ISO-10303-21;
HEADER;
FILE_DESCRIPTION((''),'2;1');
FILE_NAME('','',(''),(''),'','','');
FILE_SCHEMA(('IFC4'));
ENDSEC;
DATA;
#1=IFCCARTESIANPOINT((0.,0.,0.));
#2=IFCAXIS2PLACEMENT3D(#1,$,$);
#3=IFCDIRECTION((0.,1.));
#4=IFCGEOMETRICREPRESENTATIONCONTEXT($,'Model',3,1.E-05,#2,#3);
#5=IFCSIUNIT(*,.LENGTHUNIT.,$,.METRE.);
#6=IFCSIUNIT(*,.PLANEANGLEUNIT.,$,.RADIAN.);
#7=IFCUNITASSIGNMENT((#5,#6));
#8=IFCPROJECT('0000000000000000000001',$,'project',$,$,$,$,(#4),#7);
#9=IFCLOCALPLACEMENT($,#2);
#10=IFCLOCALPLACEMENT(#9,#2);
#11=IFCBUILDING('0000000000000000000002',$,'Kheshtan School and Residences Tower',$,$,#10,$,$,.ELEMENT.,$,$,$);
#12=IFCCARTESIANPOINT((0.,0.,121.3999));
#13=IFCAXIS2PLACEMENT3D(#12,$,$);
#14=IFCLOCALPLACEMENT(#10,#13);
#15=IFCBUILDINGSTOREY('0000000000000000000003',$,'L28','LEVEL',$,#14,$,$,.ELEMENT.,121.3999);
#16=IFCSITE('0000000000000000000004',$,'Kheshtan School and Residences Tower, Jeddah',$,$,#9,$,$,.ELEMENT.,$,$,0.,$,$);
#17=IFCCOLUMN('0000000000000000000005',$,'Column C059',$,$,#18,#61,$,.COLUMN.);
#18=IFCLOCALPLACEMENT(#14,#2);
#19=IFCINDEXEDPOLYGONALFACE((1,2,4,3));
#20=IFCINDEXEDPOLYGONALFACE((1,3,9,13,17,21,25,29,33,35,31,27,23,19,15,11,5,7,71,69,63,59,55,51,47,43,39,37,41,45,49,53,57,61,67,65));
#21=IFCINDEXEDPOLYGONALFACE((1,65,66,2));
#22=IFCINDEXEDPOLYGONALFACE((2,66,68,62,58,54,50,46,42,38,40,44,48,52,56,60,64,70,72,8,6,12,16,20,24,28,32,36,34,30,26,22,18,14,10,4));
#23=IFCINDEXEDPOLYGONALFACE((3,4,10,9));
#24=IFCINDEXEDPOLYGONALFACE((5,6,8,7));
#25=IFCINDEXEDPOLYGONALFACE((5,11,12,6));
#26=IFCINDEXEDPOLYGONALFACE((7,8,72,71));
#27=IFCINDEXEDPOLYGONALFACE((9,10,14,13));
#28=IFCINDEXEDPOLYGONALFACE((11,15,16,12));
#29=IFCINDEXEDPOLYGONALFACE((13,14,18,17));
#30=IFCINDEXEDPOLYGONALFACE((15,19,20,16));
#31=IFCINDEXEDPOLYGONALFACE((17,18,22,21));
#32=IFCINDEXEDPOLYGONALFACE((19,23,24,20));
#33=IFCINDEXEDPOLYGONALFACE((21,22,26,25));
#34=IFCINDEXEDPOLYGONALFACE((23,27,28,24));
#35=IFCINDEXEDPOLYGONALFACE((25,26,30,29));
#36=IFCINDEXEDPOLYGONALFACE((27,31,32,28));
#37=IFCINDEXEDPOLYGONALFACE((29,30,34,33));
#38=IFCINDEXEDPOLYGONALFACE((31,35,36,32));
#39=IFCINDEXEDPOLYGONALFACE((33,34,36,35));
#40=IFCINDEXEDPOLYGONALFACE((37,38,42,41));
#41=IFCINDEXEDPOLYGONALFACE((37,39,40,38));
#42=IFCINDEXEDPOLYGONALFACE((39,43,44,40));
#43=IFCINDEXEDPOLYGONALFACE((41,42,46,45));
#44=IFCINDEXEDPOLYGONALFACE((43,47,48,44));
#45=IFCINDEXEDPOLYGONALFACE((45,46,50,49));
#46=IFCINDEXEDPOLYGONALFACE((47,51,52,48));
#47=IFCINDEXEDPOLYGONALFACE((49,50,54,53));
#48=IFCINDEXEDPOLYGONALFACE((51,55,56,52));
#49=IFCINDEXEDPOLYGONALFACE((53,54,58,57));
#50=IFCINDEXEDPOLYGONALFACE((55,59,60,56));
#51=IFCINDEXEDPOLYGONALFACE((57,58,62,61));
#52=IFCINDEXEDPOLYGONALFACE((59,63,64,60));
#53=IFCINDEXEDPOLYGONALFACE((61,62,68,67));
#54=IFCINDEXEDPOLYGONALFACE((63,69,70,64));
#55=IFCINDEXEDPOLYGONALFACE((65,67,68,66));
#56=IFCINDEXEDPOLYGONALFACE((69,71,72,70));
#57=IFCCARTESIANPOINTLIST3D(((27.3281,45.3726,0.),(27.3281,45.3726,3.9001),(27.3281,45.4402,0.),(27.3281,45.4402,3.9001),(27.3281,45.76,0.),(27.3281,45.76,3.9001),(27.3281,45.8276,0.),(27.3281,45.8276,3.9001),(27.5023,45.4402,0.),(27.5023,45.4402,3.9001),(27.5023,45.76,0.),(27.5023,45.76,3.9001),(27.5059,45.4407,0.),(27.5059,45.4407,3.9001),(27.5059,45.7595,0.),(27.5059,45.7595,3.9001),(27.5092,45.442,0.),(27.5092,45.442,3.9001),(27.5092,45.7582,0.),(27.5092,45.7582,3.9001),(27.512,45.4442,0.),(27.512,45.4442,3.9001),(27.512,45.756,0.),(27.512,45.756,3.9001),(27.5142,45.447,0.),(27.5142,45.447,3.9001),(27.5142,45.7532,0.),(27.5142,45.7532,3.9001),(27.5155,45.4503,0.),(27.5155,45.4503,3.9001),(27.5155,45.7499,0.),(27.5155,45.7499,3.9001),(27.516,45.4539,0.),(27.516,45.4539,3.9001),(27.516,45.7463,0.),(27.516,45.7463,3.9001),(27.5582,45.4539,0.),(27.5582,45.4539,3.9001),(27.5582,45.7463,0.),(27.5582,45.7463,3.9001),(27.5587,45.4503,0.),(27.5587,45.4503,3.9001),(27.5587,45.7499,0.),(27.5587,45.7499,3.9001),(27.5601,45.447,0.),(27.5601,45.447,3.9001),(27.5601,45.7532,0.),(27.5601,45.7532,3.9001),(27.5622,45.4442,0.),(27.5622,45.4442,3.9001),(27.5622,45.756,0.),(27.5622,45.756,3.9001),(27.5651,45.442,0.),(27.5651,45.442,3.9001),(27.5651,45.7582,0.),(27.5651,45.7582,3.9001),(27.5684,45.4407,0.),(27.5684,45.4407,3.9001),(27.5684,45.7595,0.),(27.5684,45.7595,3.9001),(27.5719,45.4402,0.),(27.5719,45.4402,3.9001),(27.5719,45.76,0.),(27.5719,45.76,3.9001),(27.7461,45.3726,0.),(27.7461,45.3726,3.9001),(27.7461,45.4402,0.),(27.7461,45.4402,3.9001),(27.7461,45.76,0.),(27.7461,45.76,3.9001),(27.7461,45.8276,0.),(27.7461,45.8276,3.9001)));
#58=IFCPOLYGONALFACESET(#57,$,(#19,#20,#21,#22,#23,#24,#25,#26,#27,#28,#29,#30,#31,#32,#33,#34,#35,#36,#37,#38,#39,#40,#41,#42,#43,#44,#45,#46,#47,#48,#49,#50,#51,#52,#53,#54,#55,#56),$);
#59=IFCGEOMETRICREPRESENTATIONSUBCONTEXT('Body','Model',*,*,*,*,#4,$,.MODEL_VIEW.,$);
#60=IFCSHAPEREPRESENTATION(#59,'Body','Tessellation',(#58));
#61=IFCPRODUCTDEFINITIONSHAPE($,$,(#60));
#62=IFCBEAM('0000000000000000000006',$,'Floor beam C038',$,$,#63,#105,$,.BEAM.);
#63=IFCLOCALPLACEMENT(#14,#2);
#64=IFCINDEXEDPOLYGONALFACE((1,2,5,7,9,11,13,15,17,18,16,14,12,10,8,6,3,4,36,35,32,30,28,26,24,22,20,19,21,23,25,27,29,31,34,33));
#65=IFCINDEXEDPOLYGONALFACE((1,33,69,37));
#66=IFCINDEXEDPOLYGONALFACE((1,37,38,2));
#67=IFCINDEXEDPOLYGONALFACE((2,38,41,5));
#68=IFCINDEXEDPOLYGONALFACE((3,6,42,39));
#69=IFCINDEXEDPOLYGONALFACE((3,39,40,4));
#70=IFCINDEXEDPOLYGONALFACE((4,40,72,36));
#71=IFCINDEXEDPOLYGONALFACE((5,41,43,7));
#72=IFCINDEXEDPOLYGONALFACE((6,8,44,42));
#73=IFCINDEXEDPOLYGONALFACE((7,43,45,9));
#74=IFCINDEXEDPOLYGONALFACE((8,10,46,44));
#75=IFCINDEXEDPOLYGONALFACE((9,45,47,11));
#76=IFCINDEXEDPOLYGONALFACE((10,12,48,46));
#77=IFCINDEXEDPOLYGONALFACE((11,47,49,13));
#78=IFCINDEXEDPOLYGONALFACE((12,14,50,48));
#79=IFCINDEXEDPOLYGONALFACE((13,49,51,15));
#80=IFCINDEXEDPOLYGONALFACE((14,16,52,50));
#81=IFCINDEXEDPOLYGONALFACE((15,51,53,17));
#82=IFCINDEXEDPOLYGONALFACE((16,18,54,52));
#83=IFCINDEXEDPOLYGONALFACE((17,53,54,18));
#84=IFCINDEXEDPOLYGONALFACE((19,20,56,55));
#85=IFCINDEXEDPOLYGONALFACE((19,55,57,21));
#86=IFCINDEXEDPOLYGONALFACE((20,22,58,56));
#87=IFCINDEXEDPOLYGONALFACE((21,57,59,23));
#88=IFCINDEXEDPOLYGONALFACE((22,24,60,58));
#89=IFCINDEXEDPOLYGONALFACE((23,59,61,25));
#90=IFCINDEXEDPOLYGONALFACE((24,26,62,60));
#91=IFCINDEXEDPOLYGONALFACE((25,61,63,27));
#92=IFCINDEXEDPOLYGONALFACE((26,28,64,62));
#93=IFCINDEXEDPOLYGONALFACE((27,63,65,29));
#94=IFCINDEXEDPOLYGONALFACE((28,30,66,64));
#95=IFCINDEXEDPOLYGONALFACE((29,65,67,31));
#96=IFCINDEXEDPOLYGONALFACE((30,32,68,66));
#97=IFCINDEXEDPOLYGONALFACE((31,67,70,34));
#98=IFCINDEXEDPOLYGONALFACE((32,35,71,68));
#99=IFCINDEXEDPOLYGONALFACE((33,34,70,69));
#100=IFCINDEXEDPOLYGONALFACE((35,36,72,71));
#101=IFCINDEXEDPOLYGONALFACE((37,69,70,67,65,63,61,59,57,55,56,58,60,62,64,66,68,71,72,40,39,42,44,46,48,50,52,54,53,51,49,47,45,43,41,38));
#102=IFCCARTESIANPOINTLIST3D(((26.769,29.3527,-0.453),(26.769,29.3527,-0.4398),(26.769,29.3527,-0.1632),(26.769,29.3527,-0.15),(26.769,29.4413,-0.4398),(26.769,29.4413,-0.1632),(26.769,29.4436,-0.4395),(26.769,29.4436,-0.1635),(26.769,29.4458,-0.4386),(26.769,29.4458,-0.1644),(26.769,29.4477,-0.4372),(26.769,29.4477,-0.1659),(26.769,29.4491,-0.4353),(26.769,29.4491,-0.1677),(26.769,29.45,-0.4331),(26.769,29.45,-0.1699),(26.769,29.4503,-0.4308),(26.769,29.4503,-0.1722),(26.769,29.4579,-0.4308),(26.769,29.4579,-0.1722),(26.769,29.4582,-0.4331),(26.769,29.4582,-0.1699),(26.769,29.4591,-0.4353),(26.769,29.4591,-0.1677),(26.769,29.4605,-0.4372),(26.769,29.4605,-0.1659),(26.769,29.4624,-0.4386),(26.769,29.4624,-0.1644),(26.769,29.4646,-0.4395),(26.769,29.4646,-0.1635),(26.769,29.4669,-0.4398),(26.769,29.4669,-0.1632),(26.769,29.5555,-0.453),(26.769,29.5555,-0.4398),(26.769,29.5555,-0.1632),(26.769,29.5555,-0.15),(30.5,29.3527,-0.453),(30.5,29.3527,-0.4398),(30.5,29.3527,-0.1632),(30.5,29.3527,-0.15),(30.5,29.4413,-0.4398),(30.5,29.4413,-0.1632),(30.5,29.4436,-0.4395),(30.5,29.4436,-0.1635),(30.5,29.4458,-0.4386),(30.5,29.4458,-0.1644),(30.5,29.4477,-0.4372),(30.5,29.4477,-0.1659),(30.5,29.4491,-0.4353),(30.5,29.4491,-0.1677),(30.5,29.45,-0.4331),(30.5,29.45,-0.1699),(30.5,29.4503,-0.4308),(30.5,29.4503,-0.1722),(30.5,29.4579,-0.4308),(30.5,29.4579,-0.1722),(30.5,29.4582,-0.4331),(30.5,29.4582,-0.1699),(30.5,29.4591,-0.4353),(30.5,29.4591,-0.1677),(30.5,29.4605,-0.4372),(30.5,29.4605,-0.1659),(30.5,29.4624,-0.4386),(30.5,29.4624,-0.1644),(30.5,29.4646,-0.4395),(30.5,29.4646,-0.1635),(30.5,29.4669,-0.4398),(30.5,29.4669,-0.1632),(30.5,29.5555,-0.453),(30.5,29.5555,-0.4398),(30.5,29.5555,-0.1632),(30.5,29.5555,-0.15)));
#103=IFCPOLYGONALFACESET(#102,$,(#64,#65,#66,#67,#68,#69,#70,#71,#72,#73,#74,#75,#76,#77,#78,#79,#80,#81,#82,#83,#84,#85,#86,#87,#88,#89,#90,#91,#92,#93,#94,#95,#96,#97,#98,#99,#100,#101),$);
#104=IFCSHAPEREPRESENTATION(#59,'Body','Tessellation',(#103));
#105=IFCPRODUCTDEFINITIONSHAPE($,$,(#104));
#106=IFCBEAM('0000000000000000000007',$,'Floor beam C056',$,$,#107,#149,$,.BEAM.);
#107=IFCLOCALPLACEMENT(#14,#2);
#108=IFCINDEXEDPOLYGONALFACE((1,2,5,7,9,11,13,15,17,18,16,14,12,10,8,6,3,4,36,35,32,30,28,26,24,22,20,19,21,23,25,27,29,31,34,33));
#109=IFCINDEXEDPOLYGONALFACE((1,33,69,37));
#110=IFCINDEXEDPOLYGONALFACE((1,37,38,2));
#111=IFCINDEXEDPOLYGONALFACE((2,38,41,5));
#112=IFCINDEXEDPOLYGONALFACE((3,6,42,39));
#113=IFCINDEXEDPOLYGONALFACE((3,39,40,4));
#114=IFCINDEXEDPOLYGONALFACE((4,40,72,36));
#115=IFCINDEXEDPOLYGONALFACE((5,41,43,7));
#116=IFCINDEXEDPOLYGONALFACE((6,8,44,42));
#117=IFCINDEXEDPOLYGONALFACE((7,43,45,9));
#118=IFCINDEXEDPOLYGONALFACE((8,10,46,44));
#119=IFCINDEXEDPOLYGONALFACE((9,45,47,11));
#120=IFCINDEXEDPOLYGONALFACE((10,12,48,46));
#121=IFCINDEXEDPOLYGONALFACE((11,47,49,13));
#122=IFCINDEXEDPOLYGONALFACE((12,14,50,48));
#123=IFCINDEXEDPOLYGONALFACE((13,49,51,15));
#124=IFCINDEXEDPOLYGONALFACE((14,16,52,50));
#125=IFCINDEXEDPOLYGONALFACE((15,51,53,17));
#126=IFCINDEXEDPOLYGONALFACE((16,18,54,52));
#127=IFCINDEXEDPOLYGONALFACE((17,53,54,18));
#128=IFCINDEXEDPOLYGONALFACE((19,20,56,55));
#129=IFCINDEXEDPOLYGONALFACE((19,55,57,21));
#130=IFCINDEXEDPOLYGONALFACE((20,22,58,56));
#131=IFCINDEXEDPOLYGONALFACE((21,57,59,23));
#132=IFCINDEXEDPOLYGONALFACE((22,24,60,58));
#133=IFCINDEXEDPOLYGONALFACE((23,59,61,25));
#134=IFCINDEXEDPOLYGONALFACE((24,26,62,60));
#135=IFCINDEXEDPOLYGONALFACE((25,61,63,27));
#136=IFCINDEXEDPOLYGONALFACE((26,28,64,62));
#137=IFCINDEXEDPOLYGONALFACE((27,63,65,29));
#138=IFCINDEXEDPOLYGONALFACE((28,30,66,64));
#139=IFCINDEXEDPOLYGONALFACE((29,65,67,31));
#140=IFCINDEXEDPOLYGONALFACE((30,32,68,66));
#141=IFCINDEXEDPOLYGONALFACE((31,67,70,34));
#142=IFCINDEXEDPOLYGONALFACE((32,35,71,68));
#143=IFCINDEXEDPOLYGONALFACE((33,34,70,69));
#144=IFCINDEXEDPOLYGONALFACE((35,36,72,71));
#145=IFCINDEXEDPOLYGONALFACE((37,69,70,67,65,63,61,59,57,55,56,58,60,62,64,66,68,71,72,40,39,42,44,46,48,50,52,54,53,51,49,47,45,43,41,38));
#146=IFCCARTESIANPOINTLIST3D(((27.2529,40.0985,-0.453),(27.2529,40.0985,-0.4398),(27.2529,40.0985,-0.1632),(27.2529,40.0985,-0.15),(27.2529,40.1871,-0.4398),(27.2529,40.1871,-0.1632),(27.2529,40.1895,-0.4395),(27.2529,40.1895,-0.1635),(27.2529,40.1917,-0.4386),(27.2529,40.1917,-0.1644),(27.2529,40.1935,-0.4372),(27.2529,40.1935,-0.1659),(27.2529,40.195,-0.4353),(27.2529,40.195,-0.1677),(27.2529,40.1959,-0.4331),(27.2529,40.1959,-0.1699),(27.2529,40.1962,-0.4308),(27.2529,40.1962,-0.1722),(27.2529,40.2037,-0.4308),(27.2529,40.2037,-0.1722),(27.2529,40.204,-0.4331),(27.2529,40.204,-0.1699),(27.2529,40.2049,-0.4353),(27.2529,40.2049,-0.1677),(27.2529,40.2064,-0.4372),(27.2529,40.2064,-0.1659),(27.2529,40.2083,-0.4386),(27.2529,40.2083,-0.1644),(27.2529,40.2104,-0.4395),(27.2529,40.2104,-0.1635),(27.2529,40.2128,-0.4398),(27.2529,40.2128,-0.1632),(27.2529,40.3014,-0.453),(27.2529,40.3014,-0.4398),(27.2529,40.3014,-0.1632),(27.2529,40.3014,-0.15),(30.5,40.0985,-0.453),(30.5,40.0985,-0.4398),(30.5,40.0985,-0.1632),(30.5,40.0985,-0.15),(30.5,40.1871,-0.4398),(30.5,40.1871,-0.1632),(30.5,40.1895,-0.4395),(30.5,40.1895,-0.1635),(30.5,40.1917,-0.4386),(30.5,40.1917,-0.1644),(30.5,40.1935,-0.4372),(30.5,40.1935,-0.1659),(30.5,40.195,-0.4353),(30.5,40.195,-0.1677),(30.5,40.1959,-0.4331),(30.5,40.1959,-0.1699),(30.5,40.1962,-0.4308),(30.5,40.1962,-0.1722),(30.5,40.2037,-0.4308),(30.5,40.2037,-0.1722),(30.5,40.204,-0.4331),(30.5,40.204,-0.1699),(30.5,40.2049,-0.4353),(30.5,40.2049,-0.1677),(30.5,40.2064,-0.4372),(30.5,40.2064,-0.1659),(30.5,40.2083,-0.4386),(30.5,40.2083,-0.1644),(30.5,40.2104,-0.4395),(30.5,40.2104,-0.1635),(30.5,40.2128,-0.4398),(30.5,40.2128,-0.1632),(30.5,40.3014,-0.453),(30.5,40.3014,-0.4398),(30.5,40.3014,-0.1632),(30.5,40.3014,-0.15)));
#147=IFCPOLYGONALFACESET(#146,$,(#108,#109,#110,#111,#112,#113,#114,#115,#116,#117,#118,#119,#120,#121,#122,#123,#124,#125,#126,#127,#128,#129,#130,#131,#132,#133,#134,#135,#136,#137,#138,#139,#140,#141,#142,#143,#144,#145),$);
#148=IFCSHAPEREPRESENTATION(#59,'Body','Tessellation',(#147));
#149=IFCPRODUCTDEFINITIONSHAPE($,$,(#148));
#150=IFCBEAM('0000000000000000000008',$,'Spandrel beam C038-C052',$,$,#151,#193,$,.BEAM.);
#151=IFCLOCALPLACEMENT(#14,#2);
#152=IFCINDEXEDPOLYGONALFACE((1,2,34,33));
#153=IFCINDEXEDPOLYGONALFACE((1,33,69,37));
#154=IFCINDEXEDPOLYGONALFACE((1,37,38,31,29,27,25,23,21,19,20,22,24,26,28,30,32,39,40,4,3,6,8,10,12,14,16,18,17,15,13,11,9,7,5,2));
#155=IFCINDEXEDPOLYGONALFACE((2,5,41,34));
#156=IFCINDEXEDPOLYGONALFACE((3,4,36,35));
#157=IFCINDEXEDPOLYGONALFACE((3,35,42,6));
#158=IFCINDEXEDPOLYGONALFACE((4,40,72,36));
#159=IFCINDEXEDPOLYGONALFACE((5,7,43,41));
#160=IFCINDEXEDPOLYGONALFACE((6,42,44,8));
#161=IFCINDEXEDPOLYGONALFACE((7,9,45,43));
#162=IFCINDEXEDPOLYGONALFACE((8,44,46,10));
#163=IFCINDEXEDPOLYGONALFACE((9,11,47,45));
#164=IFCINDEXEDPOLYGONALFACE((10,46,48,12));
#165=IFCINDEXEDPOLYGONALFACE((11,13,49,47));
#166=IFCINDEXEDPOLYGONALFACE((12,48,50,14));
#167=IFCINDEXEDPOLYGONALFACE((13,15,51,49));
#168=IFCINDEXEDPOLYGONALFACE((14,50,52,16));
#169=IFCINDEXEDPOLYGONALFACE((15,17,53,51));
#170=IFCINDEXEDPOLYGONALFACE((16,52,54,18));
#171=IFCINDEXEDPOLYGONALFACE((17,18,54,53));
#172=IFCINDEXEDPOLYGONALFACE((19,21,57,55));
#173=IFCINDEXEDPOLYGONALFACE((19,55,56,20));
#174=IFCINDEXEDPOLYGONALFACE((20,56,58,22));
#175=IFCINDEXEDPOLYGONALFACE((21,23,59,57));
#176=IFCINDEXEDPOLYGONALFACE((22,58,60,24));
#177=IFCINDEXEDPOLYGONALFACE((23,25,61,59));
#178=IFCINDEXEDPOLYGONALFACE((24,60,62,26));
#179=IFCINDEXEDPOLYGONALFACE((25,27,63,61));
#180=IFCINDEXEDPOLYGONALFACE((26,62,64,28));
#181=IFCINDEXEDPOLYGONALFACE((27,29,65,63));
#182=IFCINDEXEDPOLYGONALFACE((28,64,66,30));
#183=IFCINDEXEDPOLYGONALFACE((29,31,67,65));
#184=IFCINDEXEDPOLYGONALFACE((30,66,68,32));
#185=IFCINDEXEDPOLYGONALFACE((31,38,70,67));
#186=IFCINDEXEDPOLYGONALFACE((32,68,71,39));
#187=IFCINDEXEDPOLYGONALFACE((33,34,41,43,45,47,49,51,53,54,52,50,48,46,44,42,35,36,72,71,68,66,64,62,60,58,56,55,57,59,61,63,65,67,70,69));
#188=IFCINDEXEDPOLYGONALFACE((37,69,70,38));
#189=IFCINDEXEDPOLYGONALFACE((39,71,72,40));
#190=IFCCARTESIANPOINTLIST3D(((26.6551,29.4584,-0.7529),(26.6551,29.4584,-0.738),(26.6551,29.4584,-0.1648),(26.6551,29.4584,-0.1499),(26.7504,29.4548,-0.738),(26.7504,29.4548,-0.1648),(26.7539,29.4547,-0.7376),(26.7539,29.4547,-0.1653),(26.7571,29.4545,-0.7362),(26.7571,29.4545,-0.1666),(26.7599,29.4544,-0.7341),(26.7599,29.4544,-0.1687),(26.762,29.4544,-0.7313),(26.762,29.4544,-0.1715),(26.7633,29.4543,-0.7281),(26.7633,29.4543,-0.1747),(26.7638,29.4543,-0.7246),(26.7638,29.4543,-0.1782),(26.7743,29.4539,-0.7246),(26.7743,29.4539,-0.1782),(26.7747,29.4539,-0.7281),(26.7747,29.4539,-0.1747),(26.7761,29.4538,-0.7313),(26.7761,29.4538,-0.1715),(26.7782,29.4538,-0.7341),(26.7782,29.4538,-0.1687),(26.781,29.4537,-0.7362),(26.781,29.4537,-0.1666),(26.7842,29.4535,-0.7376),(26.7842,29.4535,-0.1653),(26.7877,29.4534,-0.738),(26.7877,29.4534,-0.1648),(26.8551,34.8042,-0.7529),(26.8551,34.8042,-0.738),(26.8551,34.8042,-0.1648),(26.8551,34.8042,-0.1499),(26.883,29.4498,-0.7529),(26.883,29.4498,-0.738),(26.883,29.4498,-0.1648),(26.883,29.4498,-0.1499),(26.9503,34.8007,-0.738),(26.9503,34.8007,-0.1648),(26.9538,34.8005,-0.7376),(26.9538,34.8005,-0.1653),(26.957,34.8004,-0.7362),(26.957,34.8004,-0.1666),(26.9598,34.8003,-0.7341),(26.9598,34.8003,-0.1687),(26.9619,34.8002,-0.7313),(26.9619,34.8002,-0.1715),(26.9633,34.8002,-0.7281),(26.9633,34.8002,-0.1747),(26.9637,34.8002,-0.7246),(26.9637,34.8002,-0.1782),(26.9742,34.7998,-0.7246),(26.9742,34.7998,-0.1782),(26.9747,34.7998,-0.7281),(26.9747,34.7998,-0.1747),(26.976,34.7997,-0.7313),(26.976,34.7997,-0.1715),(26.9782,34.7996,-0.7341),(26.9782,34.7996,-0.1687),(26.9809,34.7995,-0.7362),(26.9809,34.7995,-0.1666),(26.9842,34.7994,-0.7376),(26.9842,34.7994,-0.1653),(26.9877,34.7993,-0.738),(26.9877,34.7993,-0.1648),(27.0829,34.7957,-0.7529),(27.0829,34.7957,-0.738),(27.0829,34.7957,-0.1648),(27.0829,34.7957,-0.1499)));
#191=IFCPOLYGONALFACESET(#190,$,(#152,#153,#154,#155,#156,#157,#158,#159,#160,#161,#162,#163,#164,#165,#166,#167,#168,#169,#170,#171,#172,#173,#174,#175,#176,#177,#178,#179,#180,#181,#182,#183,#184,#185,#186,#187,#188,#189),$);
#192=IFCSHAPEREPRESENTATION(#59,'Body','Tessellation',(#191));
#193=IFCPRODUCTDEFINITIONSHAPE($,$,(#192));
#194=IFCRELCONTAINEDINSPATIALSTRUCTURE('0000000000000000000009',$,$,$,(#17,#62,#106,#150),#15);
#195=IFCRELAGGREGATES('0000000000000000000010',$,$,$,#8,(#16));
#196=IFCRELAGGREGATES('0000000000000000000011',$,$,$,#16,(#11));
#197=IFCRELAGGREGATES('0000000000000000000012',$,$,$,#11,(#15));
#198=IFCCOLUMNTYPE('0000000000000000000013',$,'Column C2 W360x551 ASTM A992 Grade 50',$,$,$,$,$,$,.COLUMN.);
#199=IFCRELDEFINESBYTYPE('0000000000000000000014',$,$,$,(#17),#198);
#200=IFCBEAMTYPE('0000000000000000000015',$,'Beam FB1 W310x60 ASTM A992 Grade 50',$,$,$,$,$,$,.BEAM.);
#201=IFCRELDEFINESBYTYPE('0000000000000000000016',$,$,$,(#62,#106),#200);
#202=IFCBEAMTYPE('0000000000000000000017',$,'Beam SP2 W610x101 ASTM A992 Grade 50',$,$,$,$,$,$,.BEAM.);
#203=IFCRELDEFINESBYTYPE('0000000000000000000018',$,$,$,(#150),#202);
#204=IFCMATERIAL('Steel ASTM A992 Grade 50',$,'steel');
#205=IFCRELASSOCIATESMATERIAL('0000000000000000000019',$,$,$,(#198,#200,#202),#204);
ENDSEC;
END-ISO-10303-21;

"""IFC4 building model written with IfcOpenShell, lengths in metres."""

from ifc_helpers import new_model, si_unit, direction, frame, origin, origin_2d, place, context, subcontext, project, spatial, i_section, extrude, material, material_profile, profile_set, type_object, element, save


model = new_model("IFC4")

# Units and contexts
model_context = context("Model", 3, precision=1e-05, world=origin(), true_north=direction((0.0, 1.0)))
body_context = subcontext(model_context, "Body", "Model", "MODEL_VIEW")
ifc_project = project(units=[si_unit("LENGTHUNIT", "METRE"), si_unit("PLANEANGLEUNIT", "RADIAN")], contexts=[model_context])

# Site, building, storey
site_placement = place(None, origin())
site = spatial("IfcSite", under=ifc_project, at=site_placement, Name="Kheshtan School and Residences Tower, Jeddah", CompositionType="ELEMENT", RefElevation=0.0)
building_placement = place(site_placement, origin())
building = spatial("IfcBuilding", under=site, at=building_placement, Name="Kheshtan School and Residences Tower", CompositionType="ELEMENT")
storey_placement = place(building_placement, frame((0.0, 0.0, 121.3999)))
storey = spatial("IfcBuildingStorey", under=building, at=storey_placement, Name="L28", Description="LEVEL", CompositionType="ELEMENT", Elevation=121.3999)

# Column
ifc_material_1 = material(Name="Steel ASTM A992 Grade 50", Category="steel")
ifc_material_profile_1 = material_profile(ifc_material_1, i_section(OverallWidth=0.418, OverallDepth=0.4551, WebThickness=0.0422, FlangeThickness=0.0676, FilletRadius=0.0137, at=origin_2d()), Name="W360x551")
ifc_profile_set_1 = profile_set([ifc_material_profile_1], Name="Steel ASTM A992 Grade 50")
column_type = type_object("IfcColumnType", Name="Column C2 W360x551 ASTM A992 Grade 50", PredefinedType="COLUMN", material=ifc_profile_set_1)
for number, where, z_axis, x_axis, name in (
    (1, (27.5371, 45.6001, 0.0), (0.0, 0.0, 1.0), (1.0, 0.0, 0.0), "Column C059"),
):
    element("IfcColumn", number, at=place(storey_placement, frame(where, z_axis=z_axis, x_axis=x_axis)), inside=storey, type_object=column_type, Name=name, PredefinedType="COLUMN", context=body_context, shape_type="SweptSolid", body=[
        extrude(i_section(OverallWidth=0.418, OverallDepth=0.4551, WebThickness=0.0422, FlangeThickness=0.0676, FilletRadius=0.0137, at=origin_2d()), origin(), (0.0, 0.0, 1.0), 3.9001),
    ])

# Beams
ifc_material_profile_2 = material_profile(ifc_material_1, i_section(OverallWidth=0.2029, OverallDepth=0.303, WebThickness=0.0076, FlangeThickness=0.0132, FilletRadius=0.009, at=origin_2d()), Name="W310x60")
ifc_profile_set_2 = profile_set([ifc_material_profile_2], Name="Steel ASTM A992 Grade 50")
beam_type_1 = type_object("IfcBeamType", Name="Beam FB1 W310x60 ASTM A992 Grade 50", PredefinedType="BEAM", material=ifc_profile_set_2)
beam_1_placement = place(storey_placement, frame((26.769, 29.4541, -0.3015), z_axis=(1.0, 0.0, 0.0), x_axis=(0.0, 1.0, 0.0)))
element("IfcBeam", 2, at=beam_1_placement, inside=storey, type_object=beam_type_1, Name="Floor beam C038", PredefinedType="BEAM", context=body_context, shape_type="SweptSolid", body=[
    extrude(i_section(OverallWidth=0.2029, OverallDepth=0.303, WebThickness=0.0076, FlangeThickness=0.0132, FilletRadius=0.009, at=origin_2d()), origin(), (0.0, 0.0, 1.0), 3.731),
])
beam_2_placement = place(storey_placement, frame((27.2529, 40.2, -0.3015), z_axis=(1.0, 0.0, 0.0), x_axis=(0.0, 1.0, 0.0)))
element("IfcBeam", 3, at=beam_2_placement, inside=storey, type_object=beam_type_1, Name="Floor beam C056", PredefinedType="BEAM", context=body_context, shape_type="SweptSolid", body=[
    extrude(i_section(OverallWidth=0.2029, OverallDepth=0.303, WebThickness=0.0076, FlangeThickness=0.0132, FilletRadius=0.009, at=origin_2d()), origin(), (0.0, 0.0, 1.0), 3.2471),
])
ifc_material_profile_3 = material_profile(ifc_material_1, i_section(OverallWidth=0.228, OverallDepth=0.603, WebThickness=0.0105, FlangeThickness=0.0149, FilletRadius=0.0134, at=origin_2d()), Name="W610x101")
ifc_profile_set_3 = profile_set([ifc_material_profile_3], Name="Steel ASTM A992 Grade 50")
beam_type_2 = type_object("IfcBeamType", Name="Beam SP2 W610x101 ASTM A992 Grade 50", PredefinedType="BEAM", material=ifc_profile_set_3)
beam_3_placement = place(storey_placement, frame((26.769, 29.4541, -0.4514), z_axis=(0.037376, 0.999301, 0.0), x_axis=(-0.999301, 0.037376, 0.0)))
element("IfcBeam", 4, at=beam_3_placement, inside=storey, type_object=beam_type_2, Name="Spandrel beam C038-C052", PredefinedType="BEAM", context=body_context, shape_type="SweptSolid", body=[
    extrude(i_section(OverallWidth=0.228, OverallDepth=0.603, WebThickness=0.0105, FlangeThickness=0.0149, FilletRadius=0.0134, at=origin_2d()), origin(), (0.0, 0.0, 1.0), 5.3496),
])

save(model, "model.ifc")
